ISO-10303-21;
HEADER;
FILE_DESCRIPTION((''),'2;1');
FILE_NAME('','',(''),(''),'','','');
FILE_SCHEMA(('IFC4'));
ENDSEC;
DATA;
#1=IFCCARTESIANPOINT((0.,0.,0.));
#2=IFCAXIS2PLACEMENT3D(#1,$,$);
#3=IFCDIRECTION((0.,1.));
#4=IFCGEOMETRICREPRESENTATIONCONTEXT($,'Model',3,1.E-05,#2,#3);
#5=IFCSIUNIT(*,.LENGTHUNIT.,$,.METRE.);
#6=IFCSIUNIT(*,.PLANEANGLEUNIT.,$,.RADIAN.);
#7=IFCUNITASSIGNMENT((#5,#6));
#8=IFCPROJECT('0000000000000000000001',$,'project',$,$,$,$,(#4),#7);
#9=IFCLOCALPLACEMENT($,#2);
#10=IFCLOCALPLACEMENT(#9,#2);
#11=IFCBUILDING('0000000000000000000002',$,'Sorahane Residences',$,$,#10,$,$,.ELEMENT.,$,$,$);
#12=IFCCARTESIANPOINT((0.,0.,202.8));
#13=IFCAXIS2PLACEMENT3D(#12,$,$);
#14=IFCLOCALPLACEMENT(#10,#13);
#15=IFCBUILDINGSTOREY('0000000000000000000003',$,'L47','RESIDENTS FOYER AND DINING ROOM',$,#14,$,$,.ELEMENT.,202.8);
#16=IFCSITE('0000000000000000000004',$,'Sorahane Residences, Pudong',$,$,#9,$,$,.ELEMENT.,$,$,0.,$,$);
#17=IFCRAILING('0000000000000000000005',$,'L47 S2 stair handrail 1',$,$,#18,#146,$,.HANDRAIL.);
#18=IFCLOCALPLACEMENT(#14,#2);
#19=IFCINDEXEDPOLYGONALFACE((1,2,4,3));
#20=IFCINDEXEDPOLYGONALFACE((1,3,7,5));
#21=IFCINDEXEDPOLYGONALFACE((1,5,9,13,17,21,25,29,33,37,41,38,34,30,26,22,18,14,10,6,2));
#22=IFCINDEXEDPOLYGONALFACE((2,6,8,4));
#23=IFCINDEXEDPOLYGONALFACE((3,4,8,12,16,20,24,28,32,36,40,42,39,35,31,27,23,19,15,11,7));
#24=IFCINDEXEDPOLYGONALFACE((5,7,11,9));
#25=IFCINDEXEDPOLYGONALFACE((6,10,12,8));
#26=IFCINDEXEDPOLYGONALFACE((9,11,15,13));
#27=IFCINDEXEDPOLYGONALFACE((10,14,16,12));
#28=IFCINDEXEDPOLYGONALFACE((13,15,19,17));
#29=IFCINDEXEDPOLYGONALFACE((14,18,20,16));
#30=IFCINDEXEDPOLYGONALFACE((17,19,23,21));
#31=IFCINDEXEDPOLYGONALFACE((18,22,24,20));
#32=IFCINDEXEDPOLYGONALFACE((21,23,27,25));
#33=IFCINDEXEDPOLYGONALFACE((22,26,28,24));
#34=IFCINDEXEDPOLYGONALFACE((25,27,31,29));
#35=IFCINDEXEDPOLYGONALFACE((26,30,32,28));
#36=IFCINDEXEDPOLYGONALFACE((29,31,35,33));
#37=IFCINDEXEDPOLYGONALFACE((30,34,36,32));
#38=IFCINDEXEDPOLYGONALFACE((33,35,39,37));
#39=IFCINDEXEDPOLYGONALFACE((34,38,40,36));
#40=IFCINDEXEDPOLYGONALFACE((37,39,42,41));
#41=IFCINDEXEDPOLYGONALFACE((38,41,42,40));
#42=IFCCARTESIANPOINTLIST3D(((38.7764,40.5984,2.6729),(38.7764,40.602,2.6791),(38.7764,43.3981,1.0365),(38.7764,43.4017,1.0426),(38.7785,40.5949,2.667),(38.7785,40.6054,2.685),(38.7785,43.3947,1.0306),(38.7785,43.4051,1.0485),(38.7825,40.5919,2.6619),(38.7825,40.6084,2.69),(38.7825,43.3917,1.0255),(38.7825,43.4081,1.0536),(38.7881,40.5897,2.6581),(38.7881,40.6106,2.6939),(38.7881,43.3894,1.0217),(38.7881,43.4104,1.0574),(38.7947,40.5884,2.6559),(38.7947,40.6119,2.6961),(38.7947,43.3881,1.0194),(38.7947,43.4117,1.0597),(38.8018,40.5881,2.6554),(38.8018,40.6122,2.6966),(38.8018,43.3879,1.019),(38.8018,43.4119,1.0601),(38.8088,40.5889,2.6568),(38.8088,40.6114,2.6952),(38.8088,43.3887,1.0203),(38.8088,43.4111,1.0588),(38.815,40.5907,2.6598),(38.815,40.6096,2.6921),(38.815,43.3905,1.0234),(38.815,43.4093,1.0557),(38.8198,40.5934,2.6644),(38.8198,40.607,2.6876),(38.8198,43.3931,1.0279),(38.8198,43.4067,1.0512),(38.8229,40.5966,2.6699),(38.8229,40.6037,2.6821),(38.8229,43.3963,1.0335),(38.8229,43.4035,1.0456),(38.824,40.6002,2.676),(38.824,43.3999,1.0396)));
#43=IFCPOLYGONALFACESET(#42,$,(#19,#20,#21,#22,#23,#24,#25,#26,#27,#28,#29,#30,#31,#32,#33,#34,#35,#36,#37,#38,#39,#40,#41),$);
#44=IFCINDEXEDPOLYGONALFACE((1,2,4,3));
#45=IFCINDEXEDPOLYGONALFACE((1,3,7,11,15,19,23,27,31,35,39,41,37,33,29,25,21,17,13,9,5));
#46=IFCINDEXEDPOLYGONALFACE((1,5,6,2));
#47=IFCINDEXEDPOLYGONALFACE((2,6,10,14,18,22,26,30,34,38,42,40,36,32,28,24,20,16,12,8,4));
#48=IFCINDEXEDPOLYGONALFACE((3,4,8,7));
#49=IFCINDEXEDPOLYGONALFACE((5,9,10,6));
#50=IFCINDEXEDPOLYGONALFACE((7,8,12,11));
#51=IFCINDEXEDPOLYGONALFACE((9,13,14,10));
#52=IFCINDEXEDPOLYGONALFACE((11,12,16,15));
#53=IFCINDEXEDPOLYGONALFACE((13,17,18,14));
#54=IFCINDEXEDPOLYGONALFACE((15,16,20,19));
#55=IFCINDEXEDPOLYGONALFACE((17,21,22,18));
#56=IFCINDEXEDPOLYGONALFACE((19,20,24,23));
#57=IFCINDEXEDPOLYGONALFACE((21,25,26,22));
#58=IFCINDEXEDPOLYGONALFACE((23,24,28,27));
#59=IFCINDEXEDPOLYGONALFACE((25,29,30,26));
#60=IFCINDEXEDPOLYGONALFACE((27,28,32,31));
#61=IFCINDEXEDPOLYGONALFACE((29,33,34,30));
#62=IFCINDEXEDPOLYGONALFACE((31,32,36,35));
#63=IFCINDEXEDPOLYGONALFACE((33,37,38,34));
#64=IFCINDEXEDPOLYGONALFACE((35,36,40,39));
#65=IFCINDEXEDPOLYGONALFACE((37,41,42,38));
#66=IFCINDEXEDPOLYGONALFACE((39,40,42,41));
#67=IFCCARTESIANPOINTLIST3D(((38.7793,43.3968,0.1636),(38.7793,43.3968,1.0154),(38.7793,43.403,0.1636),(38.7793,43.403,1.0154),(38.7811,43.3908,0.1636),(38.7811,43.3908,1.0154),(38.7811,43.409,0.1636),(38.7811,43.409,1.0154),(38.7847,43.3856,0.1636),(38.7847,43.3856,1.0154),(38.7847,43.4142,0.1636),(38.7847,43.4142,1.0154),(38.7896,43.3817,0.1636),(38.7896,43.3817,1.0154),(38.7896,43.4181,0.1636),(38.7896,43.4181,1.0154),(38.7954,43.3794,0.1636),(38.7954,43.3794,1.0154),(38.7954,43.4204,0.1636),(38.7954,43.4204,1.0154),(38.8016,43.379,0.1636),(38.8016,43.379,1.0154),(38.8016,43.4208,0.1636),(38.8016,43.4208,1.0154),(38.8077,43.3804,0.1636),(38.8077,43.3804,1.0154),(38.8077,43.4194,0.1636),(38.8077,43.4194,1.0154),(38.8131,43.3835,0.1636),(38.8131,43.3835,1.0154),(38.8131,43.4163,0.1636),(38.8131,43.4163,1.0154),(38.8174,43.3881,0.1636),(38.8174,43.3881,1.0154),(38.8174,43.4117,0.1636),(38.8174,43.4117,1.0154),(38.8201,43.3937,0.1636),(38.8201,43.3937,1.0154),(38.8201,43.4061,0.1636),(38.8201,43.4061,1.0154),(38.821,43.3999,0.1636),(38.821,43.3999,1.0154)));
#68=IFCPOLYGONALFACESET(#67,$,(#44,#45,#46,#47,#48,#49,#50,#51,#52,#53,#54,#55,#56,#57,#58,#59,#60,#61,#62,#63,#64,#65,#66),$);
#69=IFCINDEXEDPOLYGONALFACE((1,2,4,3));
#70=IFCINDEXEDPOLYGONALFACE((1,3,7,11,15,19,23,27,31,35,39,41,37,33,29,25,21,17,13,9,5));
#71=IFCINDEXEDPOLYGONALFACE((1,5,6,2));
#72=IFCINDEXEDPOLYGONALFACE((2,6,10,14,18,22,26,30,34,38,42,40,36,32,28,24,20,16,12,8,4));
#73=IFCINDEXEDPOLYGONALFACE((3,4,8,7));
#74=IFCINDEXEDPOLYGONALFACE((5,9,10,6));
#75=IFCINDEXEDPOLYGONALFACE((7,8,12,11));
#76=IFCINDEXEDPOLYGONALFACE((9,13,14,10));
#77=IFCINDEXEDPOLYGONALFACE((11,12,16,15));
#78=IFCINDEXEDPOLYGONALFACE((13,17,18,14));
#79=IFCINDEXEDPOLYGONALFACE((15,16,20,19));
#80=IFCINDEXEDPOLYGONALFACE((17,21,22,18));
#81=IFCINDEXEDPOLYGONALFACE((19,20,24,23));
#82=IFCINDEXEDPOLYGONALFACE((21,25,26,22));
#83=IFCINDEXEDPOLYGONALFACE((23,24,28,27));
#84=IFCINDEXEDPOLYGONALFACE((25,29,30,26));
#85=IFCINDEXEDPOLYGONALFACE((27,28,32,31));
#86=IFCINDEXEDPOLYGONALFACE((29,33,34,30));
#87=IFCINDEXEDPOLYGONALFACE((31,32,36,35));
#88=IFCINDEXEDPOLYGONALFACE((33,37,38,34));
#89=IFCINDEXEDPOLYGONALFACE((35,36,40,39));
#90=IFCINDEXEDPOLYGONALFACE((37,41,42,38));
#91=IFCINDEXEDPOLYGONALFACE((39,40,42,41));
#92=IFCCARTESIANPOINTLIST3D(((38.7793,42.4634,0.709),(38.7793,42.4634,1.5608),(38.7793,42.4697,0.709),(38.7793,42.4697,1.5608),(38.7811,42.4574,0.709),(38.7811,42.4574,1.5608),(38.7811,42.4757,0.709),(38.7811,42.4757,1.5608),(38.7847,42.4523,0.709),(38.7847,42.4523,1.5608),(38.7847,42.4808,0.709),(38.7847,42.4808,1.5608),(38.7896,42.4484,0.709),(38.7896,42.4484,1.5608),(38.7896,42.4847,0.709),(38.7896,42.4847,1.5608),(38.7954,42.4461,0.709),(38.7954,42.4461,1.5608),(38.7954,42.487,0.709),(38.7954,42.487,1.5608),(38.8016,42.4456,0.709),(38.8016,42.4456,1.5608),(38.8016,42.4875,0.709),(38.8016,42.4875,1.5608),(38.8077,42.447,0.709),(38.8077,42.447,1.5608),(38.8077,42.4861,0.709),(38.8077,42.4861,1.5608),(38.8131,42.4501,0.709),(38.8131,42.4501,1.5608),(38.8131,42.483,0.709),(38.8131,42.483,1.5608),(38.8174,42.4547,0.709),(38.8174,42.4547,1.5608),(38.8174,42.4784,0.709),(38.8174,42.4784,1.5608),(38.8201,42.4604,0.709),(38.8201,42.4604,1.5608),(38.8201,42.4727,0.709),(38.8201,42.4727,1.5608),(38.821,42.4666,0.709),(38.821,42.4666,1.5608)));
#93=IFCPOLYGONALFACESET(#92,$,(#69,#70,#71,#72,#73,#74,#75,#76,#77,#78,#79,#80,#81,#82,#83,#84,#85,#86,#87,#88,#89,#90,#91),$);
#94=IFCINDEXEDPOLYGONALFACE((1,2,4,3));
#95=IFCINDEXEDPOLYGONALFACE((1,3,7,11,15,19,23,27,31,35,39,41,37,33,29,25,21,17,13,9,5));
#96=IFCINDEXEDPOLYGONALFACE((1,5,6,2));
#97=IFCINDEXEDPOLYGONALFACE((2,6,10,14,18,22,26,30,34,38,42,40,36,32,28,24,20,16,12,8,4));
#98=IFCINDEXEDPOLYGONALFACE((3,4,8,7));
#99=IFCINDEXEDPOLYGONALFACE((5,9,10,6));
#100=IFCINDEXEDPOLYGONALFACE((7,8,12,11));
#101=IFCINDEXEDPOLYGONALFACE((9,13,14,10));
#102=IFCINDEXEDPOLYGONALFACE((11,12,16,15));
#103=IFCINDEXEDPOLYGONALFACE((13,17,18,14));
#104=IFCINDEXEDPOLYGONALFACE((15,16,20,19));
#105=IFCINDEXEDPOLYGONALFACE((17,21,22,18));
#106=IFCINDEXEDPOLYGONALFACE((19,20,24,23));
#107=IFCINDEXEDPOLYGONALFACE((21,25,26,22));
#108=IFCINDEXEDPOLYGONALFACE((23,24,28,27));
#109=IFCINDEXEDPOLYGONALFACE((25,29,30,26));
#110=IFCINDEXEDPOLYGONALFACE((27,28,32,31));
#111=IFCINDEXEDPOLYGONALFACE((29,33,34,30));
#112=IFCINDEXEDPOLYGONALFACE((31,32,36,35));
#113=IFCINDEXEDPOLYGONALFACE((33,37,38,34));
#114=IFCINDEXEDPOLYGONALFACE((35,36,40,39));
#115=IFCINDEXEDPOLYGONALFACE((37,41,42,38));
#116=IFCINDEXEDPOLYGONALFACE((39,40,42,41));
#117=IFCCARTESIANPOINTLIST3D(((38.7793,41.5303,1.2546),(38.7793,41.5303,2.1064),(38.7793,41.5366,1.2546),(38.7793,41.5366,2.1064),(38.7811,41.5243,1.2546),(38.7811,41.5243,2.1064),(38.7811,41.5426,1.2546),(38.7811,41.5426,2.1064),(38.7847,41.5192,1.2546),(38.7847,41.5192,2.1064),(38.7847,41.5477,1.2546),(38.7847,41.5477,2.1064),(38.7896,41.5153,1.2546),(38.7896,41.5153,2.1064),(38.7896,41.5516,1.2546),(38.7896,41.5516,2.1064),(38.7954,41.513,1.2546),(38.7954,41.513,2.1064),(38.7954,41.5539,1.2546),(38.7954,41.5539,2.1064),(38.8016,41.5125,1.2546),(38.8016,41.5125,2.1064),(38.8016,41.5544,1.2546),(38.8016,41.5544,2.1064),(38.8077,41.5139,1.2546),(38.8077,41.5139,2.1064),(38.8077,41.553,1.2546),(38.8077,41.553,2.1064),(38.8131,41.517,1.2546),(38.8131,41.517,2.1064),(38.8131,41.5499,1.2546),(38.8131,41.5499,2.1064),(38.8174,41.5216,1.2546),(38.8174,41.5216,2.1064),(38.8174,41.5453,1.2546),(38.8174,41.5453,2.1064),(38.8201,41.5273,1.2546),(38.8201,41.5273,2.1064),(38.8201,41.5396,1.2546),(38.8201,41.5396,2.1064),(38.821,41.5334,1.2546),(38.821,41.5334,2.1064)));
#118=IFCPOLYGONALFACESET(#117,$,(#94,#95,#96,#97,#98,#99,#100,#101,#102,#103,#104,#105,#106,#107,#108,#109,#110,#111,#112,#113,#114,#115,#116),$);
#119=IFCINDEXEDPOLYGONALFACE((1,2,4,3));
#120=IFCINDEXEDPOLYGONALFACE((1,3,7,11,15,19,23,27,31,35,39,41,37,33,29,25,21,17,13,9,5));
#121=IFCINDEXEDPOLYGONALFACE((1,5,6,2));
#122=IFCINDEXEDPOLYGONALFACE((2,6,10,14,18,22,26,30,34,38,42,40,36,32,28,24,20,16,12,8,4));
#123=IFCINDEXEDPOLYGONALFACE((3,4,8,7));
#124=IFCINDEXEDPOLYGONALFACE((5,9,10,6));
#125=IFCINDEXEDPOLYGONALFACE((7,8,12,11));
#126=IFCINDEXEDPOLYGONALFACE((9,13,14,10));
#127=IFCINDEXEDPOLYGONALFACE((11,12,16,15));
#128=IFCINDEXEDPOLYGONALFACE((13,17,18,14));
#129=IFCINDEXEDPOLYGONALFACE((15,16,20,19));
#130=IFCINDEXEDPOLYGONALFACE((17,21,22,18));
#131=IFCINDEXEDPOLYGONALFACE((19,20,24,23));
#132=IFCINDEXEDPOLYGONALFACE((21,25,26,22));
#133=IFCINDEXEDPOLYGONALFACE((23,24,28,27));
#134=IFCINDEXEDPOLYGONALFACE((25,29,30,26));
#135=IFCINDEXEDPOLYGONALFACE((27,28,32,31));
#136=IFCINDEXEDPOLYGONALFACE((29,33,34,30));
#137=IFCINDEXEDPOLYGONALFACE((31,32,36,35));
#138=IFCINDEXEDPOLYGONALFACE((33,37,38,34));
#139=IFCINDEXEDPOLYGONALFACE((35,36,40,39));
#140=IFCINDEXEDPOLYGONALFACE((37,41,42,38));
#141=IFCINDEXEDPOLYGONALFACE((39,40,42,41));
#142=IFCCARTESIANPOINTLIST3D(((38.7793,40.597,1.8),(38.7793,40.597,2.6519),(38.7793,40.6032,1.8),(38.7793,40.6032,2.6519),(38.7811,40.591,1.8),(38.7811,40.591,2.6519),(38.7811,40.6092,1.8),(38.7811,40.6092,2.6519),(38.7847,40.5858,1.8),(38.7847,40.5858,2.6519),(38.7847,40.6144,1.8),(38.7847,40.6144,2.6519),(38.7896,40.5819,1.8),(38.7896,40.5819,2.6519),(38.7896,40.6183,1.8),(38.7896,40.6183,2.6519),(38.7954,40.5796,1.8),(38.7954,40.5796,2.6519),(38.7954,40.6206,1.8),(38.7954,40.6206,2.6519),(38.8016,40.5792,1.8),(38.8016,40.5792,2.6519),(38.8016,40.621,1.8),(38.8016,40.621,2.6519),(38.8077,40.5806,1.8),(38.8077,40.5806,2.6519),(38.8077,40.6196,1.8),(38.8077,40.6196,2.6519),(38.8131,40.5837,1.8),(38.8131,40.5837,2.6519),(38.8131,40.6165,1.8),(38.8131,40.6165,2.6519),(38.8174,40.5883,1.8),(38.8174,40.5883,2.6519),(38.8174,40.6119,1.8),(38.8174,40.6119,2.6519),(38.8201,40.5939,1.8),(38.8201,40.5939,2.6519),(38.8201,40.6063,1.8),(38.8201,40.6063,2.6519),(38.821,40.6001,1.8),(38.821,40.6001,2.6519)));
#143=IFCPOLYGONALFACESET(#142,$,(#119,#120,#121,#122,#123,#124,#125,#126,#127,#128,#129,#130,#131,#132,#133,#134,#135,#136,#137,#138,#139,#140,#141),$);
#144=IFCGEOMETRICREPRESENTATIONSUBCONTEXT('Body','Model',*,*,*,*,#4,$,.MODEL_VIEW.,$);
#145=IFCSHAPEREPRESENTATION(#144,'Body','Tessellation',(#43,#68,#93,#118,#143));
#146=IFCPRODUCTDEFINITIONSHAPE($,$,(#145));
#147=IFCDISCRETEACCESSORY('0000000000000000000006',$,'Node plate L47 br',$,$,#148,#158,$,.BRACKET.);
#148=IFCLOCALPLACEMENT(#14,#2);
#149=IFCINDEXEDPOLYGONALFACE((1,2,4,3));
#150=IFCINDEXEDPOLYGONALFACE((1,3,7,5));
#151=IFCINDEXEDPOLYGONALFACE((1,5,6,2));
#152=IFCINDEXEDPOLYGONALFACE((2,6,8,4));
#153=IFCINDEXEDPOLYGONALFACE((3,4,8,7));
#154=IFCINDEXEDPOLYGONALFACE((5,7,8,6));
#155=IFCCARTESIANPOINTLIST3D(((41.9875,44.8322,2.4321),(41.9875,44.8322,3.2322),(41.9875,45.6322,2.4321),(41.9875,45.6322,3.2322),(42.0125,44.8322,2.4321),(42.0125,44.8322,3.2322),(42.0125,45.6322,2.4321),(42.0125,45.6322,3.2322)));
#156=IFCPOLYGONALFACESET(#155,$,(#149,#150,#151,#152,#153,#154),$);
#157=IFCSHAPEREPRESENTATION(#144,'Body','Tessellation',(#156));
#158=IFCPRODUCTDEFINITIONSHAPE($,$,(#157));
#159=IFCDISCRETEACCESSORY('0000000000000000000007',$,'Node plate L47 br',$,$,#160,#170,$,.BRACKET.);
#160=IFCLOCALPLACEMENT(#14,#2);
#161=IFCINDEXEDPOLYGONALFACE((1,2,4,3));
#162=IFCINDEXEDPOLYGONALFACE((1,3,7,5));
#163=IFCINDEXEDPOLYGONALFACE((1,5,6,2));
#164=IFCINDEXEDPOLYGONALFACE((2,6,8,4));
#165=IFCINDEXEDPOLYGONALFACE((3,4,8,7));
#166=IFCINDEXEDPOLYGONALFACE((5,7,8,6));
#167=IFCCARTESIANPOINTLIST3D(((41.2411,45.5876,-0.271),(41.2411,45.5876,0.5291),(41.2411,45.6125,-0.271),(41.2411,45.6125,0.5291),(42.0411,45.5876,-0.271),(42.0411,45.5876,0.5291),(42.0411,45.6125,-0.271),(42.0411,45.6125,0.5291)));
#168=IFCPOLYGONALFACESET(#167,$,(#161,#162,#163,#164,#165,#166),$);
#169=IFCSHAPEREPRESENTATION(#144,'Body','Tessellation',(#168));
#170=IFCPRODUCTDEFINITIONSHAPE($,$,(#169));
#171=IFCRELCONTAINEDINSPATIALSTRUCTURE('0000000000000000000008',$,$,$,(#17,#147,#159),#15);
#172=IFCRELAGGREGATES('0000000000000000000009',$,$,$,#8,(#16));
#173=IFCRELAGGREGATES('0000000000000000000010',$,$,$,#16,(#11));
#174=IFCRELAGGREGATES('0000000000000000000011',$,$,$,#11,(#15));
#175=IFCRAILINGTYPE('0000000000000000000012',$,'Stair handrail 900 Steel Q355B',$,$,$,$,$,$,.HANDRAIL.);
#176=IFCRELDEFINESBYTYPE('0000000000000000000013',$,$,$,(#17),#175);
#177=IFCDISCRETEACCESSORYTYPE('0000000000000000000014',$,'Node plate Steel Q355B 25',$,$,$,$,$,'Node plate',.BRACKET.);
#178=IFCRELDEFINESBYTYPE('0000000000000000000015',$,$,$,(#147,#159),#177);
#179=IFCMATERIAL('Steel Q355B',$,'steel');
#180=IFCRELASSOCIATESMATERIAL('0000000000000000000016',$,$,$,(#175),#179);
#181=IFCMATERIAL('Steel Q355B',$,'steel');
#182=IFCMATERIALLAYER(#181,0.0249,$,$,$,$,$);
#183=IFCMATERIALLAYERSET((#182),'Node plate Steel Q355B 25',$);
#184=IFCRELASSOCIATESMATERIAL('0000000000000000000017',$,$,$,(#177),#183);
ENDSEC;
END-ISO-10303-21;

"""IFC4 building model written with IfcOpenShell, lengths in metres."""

from ifc_helpers import new_model, si_unit, direction, frame, origin, origin_2d, place, context, subcontext, project, spatial, rectangle, circle, extrude, material, layer, layer_set, type_object, element, save


model = new_model("IFC4")

# Units and contexts
model_context = context("Model", 3, precision=1e-05, world=origin(), true_north=direction((0.0, 1.0)))
body_context = subcontext(model_context, "Body", "Model", "MODEL_VIEW")
ifc_project = project(units=[si_unit("LENGTHUNIT", "METRE"), si_unit("PLANEANGLEUNIT", "RADIAN")], contexts=[model_context])

# Site, building, storey
site_placement = place(None, origin())
site = spatial("IfcSite", under=ifc_project, at=site_placement, Name="Sorahane Residences, Pudong", CompositionType="ELEMENT", RefElevation=0.0)
building_placement = place(site_placement, origin())
building = spatial("IfcBuilding", under=site, at=building_placement, Name="Sorahane Residences", CompositionType="ELEMENT")
storey_placement = place(building_placement, frame((0.0, 0.0, 202.8)))
storey = spatial("IfcBuildingStorey", under=building, at=storey_placement, Name="L47", Description="RESIDENTS FOYER AND DINING ROOM", CompositionType="ELEMENT", Elevation=202.8)

# Railing
ifc_material_1 = material(Name="Steel Q355B", Category="steel")
railing_type_1 = type_object("IfcRailingType", Name="Stair handrail 900 Steel Q355B", PredefinedType="HANDRAIL", material=ifc_material_1)
railing_1_placement = place(storey_placement, frame((38.8, 43.3999, 0.1636)))
element("IfcRailing", 1, at=railing_1_placement, inside=storey, type_object=railing_type_1, Name="L47 S2 stair handrail 1", PredefinedType="HANDRAIL", context=body_context, shape_type="SweptSolid", body=[
    extrude(circle(Radius=0.0239, at=origin_2d()), frame((0.0, 0.0, 0.876), z_axis=(0.0, -0.863342, 0.50462), x_axis=(1.0, 0.0, 0.0)), (0.0, 0.0, 1.0), 3.2429),
    extrude(circle(Radius=0.021, at=origin_2d()), origin(), (0.0, 0.0, 1.0), 0.8518),
    extrude(circle(Radius=0.021, at=origin_2d()), frame((0.0, -0.9333, 0.5454)), (0.0, 0.0, 1.0), 0.8518),
    extrude(circle(Radius=0.021, at=origin_2d()), frame((0.0, -1.8665, 1.0911)), (0.0, 0.0, 1.0), 0.8518),
    extrude(circle(Radius=0.021, at=origin_2d()), frame((0.0, -2.7998, 1.6365)), (0.0, 0.0, 1.0), 0.8518),
])

# Discrete accessories
ifc_material_2 = material(Name="Steel Q355B", Category="steel")
ifc_layer_1 = layer(ifc_material_2, 0.0249)
ifc_layer_set_1 = layer_set([ifc_layer_1], Name="Node plate Steel Q355B 25")
discrete_accessory_type = type_object("IfcDiscreteAccessoryType", Name="Node plate Steel Q355B 25", ElementType="Node plate", PredefinedType="BRACKET", material=ifc_layer_set_1)
for number, where, z_axis, x_axis, name in (
    (2, (42.0, 45.2322, 2.4321), (0.0, 0.0, 1.0), (0.0, 1.0, 0.0), "Node plate L47 br"),
    (3, (41.6411, 45.6001, -0.271), (0.0, 0.0, 1.0), (1.0, 0.0, 0.0), "Node plate L47 br"),
):
    element("IfcDiscreteAccessory", number, at=place(storey_placement, frame(where, z_axis=z_axis, x_axis=x_axis)), inside=storey, type_object=discrete_accessory_type, Name=name, PredefinedType="BRACKET", context=body_context, shape_type="SweptSolid", body=[
        extrude(rectangle(XDim=0.8, YDim=0.0249, at=origin_2d()), origin(), (0.0, 0.0, 1.0), 0.8),
    ])

save(model, "model.ifc")
